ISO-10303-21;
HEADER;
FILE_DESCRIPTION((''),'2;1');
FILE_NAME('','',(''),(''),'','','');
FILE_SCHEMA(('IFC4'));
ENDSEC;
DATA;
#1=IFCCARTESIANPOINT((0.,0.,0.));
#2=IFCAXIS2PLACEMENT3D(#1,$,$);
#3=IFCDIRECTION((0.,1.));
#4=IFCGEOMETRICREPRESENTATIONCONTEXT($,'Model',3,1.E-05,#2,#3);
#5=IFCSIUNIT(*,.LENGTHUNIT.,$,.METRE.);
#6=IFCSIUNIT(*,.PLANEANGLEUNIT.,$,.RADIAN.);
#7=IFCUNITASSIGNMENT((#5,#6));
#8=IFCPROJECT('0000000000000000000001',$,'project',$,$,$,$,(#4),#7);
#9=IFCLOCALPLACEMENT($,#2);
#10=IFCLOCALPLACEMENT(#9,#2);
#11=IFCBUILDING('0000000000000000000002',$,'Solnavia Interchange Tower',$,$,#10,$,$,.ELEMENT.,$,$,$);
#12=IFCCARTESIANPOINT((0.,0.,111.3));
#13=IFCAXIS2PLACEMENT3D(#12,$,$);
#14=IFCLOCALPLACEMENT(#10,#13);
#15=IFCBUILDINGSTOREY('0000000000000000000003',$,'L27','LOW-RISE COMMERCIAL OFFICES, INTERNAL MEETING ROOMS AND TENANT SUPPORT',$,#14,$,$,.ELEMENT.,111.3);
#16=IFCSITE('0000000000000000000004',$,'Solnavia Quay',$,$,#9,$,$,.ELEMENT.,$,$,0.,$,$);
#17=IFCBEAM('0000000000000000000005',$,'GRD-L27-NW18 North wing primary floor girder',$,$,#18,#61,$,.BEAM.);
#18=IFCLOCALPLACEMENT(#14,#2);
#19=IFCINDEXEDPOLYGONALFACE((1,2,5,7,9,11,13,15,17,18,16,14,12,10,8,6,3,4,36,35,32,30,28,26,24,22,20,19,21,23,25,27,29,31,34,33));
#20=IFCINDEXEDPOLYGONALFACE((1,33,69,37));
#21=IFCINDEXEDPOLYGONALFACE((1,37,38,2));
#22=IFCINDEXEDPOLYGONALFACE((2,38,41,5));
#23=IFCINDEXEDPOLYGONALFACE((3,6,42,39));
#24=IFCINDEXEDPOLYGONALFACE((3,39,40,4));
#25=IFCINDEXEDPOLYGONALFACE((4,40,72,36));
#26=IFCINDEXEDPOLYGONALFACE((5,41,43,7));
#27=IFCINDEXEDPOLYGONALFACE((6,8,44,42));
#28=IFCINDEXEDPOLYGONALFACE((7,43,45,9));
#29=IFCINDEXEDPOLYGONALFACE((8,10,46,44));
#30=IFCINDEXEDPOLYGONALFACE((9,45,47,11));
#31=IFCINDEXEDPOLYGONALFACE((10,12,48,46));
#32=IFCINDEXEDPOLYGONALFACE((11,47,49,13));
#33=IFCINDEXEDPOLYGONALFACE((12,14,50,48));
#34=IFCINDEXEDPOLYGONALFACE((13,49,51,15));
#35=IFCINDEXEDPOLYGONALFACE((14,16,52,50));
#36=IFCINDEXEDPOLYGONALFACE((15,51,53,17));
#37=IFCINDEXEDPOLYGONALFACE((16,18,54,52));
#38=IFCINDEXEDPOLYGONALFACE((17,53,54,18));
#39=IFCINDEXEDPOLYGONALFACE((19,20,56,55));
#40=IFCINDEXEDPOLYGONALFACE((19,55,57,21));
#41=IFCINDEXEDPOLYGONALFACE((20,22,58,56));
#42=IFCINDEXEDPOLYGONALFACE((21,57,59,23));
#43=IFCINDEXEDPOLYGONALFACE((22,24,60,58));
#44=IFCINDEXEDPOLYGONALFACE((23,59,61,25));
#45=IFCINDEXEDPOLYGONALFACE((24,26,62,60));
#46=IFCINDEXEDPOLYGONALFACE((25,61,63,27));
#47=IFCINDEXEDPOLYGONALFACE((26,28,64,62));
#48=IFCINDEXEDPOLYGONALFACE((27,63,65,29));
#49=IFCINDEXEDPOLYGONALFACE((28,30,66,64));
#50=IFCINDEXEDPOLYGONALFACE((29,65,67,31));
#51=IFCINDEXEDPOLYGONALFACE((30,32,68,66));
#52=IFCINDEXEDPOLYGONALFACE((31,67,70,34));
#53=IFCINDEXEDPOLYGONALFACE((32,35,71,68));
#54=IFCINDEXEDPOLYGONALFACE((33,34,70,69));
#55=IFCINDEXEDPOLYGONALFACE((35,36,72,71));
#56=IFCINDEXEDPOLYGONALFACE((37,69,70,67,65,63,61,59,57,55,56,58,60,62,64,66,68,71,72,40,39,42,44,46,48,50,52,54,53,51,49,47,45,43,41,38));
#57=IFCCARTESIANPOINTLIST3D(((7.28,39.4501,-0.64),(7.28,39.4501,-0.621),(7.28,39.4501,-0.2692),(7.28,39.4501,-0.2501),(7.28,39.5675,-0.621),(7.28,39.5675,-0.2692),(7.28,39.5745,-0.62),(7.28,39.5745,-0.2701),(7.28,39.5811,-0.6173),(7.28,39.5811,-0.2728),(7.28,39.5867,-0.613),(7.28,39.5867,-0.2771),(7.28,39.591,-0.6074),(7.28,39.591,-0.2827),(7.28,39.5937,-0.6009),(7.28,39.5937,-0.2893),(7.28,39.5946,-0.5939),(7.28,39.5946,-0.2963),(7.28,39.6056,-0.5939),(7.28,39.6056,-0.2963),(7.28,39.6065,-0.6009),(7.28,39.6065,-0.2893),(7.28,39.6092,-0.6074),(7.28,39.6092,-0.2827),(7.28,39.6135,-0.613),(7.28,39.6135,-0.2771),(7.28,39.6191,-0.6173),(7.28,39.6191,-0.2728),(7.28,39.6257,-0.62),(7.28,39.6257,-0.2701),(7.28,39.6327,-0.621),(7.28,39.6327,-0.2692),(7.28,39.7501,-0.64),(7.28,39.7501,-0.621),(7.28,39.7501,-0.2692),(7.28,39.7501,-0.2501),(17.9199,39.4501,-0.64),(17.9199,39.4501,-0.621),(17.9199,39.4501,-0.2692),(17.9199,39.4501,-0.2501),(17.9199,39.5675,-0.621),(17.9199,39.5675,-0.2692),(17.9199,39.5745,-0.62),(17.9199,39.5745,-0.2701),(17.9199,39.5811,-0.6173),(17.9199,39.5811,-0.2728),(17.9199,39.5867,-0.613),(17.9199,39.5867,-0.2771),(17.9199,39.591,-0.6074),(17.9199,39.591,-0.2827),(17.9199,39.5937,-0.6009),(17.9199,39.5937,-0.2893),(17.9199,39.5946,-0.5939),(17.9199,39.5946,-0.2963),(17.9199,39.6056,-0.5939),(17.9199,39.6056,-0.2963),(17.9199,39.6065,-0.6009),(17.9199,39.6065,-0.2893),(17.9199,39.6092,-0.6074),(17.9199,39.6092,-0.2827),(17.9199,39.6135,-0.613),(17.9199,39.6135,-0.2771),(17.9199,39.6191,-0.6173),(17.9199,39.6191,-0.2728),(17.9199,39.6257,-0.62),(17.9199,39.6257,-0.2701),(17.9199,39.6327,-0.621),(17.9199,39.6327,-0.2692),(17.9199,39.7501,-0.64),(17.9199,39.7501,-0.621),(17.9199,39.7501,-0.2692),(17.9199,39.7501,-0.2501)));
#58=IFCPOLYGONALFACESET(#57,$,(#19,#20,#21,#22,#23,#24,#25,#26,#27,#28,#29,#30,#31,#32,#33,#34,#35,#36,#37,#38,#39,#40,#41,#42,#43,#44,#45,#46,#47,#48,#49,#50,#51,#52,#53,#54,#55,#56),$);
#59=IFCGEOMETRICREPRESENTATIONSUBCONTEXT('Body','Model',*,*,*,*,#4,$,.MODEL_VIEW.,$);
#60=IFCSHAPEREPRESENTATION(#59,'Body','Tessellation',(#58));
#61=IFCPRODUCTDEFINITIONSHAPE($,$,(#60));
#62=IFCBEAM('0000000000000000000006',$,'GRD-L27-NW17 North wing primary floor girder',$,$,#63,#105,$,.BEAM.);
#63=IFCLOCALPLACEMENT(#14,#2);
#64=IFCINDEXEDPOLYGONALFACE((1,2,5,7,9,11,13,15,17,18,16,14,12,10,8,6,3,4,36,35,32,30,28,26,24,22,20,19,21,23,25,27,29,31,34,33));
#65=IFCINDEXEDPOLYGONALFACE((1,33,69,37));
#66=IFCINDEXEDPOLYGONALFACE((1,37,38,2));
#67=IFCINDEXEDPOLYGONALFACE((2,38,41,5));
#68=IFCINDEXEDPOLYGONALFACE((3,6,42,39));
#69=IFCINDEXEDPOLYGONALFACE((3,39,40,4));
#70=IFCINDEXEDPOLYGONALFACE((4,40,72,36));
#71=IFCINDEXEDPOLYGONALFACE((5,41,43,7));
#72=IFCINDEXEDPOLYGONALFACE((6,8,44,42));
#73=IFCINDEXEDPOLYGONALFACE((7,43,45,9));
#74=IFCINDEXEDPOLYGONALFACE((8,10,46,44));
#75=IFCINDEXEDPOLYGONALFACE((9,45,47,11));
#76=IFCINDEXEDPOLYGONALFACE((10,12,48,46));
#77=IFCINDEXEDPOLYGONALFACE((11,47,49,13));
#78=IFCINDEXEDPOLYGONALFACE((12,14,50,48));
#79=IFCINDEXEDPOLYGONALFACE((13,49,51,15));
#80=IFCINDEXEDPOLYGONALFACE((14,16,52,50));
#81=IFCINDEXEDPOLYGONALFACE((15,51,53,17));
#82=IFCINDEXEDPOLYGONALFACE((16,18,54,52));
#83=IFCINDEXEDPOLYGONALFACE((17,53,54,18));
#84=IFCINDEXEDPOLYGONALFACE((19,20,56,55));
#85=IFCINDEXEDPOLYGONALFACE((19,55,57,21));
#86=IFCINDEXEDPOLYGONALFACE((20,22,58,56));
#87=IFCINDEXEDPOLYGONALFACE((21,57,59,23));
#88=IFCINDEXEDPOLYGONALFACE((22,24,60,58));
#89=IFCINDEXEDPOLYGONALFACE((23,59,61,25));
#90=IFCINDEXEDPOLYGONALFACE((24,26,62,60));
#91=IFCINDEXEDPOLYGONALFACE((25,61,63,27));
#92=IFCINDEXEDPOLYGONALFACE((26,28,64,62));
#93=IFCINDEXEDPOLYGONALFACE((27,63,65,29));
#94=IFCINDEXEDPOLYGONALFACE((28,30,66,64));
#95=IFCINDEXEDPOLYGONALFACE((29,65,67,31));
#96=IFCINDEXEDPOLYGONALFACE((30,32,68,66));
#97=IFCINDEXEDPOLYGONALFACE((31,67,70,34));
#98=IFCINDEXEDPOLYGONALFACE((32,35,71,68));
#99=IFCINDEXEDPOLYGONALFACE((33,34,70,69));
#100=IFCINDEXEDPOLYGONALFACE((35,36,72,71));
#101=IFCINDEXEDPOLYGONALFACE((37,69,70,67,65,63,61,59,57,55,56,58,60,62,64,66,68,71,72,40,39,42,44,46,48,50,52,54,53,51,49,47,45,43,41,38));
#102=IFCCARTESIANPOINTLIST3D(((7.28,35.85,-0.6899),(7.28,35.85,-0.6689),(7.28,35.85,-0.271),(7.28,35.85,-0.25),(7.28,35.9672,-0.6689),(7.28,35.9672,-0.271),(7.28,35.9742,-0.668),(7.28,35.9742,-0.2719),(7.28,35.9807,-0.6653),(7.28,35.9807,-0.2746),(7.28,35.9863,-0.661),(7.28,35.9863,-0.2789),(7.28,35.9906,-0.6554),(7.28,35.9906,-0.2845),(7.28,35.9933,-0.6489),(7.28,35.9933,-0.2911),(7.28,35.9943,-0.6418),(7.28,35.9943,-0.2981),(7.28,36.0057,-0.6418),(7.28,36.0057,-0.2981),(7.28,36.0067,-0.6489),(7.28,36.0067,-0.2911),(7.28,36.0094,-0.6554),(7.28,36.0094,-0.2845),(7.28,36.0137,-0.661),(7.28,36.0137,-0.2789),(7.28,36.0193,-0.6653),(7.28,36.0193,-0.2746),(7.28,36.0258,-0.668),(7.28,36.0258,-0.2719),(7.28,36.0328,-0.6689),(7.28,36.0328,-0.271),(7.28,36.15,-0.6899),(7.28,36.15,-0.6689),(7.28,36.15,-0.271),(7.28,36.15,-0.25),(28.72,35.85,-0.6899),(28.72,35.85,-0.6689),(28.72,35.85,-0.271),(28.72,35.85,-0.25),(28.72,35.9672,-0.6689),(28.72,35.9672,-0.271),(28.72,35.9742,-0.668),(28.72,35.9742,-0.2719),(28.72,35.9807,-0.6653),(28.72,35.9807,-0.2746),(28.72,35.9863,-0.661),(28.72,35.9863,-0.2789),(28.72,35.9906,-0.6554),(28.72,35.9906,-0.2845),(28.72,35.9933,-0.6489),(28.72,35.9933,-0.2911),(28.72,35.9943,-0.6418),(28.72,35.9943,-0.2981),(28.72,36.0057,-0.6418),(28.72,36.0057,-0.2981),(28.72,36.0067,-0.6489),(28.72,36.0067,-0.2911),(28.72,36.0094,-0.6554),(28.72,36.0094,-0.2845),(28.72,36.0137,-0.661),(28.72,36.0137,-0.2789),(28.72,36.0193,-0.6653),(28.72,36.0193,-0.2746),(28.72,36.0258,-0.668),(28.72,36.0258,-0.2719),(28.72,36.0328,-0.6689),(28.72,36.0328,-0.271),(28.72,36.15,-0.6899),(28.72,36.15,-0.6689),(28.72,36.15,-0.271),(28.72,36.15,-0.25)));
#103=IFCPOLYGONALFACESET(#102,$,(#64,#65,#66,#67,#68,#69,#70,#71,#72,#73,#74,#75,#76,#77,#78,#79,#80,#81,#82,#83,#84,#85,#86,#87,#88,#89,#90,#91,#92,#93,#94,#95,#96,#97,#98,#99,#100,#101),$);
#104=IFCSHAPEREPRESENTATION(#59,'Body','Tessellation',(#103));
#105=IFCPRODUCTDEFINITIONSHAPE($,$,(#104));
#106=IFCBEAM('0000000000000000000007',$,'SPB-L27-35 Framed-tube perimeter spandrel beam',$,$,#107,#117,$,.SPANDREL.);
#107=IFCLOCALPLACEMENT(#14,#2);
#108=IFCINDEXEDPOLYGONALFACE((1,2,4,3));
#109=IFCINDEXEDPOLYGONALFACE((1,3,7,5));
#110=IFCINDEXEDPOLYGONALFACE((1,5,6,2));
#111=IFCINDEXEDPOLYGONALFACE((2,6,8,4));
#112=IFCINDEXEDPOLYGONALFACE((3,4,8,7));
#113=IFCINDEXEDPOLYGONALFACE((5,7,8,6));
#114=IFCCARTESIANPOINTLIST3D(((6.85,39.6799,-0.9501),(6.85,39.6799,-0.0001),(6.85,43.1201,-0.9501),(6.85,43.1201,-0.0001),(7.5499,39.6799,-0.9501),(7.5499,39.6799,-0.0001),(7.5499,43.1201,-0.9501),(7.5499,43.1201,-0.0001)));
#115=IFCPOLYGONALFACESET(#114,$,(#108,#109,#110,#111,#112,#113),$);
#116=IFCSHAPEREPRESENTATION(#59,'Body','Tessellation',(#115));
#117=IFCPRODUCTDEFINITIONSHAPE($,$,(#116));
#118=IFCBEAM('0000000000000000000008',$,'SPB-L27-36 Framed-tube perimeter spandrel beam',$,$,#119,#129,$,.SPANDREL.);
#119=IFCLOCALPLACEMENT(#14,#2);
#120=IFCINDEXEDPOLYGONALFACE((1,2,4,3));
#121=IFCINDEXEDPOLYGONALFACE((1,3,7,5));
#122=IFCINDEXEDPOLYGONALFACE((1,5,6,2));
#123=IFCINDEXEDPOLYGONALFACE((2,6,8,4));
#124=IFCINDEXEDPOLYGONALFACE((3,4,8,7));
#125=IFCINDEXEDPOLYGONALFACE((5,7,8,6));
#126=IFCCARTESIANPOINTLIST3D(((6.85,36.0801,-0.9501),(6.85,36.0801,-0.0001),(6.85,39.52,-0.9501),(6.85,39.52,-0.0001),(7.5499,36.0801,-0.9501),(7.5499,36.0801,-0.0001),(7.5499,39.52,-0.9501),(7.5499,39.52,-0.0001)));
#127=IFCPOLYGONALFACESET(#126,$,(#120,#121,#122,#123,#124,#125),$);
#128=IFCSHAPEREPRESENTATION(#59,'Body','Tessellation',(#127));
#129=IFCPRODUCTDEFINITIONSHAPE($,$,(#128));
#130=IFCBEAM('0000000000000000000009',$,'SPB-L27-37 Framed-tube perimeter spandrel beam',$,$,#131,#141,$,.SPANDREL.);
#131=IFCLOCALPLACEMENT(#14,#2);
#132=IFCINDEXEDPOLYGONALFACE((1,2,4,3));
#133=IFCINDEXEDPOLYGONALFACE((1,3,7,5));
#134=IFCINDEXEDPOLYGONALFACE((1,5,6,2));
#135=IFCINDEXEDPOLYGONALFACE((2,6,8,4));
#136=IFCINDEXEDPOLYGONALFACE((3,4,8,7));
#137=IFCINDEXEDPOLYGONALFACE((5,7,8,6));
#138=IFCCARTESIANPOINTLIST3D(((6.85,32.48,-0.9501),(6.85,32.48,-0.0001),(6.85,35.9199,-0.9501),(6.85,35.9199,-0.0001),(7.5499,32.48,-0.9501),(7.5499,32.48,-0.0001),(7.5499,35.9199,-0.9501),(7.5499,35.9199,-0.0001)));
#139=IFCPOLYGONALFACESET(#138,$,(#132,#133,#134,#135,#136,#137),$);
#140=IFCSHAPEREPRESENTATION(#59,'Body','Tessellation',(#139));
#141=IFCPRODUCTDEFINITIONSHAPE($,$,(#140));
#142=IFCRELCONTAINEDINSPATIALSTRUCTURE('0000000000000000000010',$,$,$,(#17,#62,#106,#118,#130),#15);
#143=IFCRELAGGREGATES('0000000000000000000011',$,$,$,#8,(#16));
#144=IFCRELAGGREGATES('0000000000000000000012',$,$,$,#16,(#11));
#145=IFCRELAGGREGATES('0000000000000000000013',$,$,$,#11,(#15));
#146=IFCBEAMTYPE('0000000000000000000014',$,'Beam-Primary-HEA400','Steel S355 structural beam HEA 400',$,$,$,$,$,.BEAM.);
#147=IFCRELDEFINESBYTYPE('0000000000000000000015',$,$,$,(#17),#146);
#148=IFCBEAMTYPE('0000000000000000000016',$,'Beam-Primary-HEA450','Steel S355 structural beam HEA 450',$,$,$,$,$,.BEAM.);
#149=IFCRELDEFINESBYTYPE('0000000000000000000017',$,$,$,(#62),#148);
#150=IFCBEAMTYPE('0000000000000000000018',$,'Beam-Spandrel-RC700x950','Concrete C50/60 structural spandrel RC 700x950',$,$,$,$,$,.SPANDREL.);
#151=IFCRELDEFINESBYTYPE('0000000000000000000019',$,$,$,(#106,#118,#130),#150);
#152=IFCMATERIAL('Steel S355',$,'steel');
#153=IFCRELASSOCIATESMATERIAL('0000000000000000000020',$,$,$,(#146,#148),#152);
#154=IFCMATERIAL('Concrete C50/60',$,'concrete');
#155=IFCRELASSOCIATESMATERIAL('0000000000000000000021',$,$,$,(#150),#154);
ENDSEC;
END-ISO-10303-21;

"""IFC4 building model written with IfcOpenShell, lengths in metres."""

from ifc_helpers import new_model, si_unit, direction, frame, origin, origin_2d, place, context, subcontext, project, spatial, rectangle, i_section, extrude, material, material_profile, profile_set, type_object, element, save


model = new_model("IFC4")

# Units and contexts
model_context = context("Model", 3, precision=1e-05, world=origin(), true_north=direction((0.0, 1.0)))
body_context = subcontext(model_context, "Body", "Model", "MODEL_VIEW")
ifc_project = project(units=[si_unit("LENGTHUNIT", "METRE"), si_unit("PLANEANGLEUNIT", "RADIAN")], contexts=[model_context])

# Site, building, storey
site_placement = place(None, origin())
site = spatial("IfcSite", under=ifc_project, at=site_placement, Name="Solnavia Quay", CompositionType="ELEMENT", RefElevation=0.0)
building_placement = place(site_placement, origin())
building = spatial("IfcBuilding", under=site, at=building_placement, Name="Solnavia Interchange Tower", CompositionType="ELEMENT")
storey_placement = place(building_placement, frame((0.0, 0.0, 111.3)))
storey = spatial("IfcBuildingStorey", under=building, at=storey_placement, Name="L27", Description="LOW-RISE COMMERCIAL OFFICES, INTERNAL MEETING ROOMS AND TENANT SUPPORT", CompositionType="ELEMENT", Elevation=111.3)

# Shared definitions
ifc_material_1 = material(Name="Concrete C50/60", Category="concrete")

# Beams
ifc_material_2 = material(Name="Steel S355", Category="steel")
ifc_material_profile_1 = material_profile(ifc_material_2, i_section(OverallWidth=0.3, OverallDepth=0.3899, WebThickness=0.011, FlangeThickness=0.019, FilletRadius=0.0271, at=origin_2d()), Name="HEA 400")
ifc_profile_set_1 = profile_set([ifc_material_profile_1], Name="Steel S355")
beam_type_1 = type_object("IfcBeamType", Name="Beam-Primary-HEA400", Description="Steel S355 structural beam HEA 400", PredefinedType="BEAM", material=ifc_profile_set_1)
for number, where, z_axis, x_axis, name in (
    (1, (7.28, 39.6001, -0.4451), (1.0, 0.0, 0.0), (0.0, 1.0, 0.0), "GRD-L27-NW18 North wing primary floor girder"),
):
    element("IfcBeam", number, at=place(storey_placement, frame(where, z_axis=z_axis, x_axis=x_axis)), inside=storey, type_object=beam_type_1, Name=name, PredefinedType="BEAM", context=body_context, shape_type="SweptSolid", body=[
        extrude(i_section(OverallWidth=0.3, OverallDepth=0.3899, WebThickness=0.011, FlangeThickness=0.019, FilletRadius=0.0271, at=origin_2d()), origin(), (0.0, 0.0, 1.0), 10.6399),
    ])
ifc_material_profile_2 = material_profile(ifc_material_2, i_section(OverallWidth=0.3, OverallDepth=0.4399, WebThickness=0.0115, FlangeThickness=0.021, FilletRadius=0.0271, at=origin_2d()), Name="HEA 450")
ifc_profile_set_2 = profile_set([ifc_material_profile_2], Name="Steel S355")
beam_type_2 = type_object("IfcBeamType", Name="Beam-Primary-HEA450", Description="Steel S355 structural beam HEA 450", PredefinedType="BEAM", material=ifc_profile_set_2)
beam_1_placement = place(storey_placement, frame((7.28, 36.0, -0.47), z_axis=(1.0, 0.0, 0.0), x_axis=(0.0, 1.0, 0.0)))
element("IfcBeam", 2, at=beam_1_placement, inside=storey, type_object=beam_type_2, Name="GRD-L27-NW17 North wing primary floor girder", PredefinedType="BEAM", context=body_context, shape_type="SweptSolid", body=[
    extrude(i_section(OverallWidth=0.3, OverallDepth=0.4399, WebThickness=0.0115, FlangeThickness=0.021, FilletRadius=0.0271, at=origin_2d()), origin(), (0.0, 0.0, 1.0), 21.4399),
])
ifc_material_profile_3 = material_profile(ifc_material_1, rectangle(XDim=0.7, YDim=0.95, at=origin_2d()), Name="RC 700x950")
ifc_profile_set_3 = profile_set([ifc_material_profile_3], Name="Concrete C50/60")
beam_type_3 = type_object("IfcBeamType", Name="Beam-Spandrel-RC700x950", Description="Concrete C50/60 structural spandrel RC 700x950", PredefinedType="SPANDREL", material=ifc_profile_set_3)
beam_2_placement = place(storey_placement, frame((7.2, 43.1201, -0.4751), z_axis=(0.0, -1.0, 0.0), x_axis=(1.0, 0.0, 0.0)))
element("IfcBeam", 3, at=beam_2_placement, inside=storey, type_object=beam_type_3, Name="SPB-L27-35 Framed-tube perimeter spandrel beam", PredefinedType="SPANDREL", context=body_context, shape_type="SweptSolid", body=[
    extrude(rectangle(XDim=0.7, YDim=0.95, at=origin_2d()), origin(), (0.0, 0.0, 1.0), 3.4402),
])
for number, where, z_axis, x_axis, name in (
    (4, (7.2, 39.52, -0.4751), (0.0, -1.0, 0.0), (1.0, 0.0, 0.0), "SPB-L27-36 Framed-tube perimeter spandrel beam"),
    (5, (7.2, 35.9199, -0.4751), (0.0, -1.0, 0.0), (1.0, 0.0, 0.0), "SPB-L27-37 Framed-tube perimeter spandrel beam"),
):
    element("IfcBeam", number, at=place(storey_placement, frame(where, z_axis=z_axis, x_axis=x_axis)), inside=storey, type_object=beam_type_3, Name=name, PredefinedType="SPANDREL", context=body_context, shape_type="SweptSolid", body=[
        extrude(rectangle(XDim=0.7, YDim=0.95, at=origin_2d()), origin(), (0.0, 0.0, 1.0), 3.4399),
    ])

save(model, "model.ifc")
